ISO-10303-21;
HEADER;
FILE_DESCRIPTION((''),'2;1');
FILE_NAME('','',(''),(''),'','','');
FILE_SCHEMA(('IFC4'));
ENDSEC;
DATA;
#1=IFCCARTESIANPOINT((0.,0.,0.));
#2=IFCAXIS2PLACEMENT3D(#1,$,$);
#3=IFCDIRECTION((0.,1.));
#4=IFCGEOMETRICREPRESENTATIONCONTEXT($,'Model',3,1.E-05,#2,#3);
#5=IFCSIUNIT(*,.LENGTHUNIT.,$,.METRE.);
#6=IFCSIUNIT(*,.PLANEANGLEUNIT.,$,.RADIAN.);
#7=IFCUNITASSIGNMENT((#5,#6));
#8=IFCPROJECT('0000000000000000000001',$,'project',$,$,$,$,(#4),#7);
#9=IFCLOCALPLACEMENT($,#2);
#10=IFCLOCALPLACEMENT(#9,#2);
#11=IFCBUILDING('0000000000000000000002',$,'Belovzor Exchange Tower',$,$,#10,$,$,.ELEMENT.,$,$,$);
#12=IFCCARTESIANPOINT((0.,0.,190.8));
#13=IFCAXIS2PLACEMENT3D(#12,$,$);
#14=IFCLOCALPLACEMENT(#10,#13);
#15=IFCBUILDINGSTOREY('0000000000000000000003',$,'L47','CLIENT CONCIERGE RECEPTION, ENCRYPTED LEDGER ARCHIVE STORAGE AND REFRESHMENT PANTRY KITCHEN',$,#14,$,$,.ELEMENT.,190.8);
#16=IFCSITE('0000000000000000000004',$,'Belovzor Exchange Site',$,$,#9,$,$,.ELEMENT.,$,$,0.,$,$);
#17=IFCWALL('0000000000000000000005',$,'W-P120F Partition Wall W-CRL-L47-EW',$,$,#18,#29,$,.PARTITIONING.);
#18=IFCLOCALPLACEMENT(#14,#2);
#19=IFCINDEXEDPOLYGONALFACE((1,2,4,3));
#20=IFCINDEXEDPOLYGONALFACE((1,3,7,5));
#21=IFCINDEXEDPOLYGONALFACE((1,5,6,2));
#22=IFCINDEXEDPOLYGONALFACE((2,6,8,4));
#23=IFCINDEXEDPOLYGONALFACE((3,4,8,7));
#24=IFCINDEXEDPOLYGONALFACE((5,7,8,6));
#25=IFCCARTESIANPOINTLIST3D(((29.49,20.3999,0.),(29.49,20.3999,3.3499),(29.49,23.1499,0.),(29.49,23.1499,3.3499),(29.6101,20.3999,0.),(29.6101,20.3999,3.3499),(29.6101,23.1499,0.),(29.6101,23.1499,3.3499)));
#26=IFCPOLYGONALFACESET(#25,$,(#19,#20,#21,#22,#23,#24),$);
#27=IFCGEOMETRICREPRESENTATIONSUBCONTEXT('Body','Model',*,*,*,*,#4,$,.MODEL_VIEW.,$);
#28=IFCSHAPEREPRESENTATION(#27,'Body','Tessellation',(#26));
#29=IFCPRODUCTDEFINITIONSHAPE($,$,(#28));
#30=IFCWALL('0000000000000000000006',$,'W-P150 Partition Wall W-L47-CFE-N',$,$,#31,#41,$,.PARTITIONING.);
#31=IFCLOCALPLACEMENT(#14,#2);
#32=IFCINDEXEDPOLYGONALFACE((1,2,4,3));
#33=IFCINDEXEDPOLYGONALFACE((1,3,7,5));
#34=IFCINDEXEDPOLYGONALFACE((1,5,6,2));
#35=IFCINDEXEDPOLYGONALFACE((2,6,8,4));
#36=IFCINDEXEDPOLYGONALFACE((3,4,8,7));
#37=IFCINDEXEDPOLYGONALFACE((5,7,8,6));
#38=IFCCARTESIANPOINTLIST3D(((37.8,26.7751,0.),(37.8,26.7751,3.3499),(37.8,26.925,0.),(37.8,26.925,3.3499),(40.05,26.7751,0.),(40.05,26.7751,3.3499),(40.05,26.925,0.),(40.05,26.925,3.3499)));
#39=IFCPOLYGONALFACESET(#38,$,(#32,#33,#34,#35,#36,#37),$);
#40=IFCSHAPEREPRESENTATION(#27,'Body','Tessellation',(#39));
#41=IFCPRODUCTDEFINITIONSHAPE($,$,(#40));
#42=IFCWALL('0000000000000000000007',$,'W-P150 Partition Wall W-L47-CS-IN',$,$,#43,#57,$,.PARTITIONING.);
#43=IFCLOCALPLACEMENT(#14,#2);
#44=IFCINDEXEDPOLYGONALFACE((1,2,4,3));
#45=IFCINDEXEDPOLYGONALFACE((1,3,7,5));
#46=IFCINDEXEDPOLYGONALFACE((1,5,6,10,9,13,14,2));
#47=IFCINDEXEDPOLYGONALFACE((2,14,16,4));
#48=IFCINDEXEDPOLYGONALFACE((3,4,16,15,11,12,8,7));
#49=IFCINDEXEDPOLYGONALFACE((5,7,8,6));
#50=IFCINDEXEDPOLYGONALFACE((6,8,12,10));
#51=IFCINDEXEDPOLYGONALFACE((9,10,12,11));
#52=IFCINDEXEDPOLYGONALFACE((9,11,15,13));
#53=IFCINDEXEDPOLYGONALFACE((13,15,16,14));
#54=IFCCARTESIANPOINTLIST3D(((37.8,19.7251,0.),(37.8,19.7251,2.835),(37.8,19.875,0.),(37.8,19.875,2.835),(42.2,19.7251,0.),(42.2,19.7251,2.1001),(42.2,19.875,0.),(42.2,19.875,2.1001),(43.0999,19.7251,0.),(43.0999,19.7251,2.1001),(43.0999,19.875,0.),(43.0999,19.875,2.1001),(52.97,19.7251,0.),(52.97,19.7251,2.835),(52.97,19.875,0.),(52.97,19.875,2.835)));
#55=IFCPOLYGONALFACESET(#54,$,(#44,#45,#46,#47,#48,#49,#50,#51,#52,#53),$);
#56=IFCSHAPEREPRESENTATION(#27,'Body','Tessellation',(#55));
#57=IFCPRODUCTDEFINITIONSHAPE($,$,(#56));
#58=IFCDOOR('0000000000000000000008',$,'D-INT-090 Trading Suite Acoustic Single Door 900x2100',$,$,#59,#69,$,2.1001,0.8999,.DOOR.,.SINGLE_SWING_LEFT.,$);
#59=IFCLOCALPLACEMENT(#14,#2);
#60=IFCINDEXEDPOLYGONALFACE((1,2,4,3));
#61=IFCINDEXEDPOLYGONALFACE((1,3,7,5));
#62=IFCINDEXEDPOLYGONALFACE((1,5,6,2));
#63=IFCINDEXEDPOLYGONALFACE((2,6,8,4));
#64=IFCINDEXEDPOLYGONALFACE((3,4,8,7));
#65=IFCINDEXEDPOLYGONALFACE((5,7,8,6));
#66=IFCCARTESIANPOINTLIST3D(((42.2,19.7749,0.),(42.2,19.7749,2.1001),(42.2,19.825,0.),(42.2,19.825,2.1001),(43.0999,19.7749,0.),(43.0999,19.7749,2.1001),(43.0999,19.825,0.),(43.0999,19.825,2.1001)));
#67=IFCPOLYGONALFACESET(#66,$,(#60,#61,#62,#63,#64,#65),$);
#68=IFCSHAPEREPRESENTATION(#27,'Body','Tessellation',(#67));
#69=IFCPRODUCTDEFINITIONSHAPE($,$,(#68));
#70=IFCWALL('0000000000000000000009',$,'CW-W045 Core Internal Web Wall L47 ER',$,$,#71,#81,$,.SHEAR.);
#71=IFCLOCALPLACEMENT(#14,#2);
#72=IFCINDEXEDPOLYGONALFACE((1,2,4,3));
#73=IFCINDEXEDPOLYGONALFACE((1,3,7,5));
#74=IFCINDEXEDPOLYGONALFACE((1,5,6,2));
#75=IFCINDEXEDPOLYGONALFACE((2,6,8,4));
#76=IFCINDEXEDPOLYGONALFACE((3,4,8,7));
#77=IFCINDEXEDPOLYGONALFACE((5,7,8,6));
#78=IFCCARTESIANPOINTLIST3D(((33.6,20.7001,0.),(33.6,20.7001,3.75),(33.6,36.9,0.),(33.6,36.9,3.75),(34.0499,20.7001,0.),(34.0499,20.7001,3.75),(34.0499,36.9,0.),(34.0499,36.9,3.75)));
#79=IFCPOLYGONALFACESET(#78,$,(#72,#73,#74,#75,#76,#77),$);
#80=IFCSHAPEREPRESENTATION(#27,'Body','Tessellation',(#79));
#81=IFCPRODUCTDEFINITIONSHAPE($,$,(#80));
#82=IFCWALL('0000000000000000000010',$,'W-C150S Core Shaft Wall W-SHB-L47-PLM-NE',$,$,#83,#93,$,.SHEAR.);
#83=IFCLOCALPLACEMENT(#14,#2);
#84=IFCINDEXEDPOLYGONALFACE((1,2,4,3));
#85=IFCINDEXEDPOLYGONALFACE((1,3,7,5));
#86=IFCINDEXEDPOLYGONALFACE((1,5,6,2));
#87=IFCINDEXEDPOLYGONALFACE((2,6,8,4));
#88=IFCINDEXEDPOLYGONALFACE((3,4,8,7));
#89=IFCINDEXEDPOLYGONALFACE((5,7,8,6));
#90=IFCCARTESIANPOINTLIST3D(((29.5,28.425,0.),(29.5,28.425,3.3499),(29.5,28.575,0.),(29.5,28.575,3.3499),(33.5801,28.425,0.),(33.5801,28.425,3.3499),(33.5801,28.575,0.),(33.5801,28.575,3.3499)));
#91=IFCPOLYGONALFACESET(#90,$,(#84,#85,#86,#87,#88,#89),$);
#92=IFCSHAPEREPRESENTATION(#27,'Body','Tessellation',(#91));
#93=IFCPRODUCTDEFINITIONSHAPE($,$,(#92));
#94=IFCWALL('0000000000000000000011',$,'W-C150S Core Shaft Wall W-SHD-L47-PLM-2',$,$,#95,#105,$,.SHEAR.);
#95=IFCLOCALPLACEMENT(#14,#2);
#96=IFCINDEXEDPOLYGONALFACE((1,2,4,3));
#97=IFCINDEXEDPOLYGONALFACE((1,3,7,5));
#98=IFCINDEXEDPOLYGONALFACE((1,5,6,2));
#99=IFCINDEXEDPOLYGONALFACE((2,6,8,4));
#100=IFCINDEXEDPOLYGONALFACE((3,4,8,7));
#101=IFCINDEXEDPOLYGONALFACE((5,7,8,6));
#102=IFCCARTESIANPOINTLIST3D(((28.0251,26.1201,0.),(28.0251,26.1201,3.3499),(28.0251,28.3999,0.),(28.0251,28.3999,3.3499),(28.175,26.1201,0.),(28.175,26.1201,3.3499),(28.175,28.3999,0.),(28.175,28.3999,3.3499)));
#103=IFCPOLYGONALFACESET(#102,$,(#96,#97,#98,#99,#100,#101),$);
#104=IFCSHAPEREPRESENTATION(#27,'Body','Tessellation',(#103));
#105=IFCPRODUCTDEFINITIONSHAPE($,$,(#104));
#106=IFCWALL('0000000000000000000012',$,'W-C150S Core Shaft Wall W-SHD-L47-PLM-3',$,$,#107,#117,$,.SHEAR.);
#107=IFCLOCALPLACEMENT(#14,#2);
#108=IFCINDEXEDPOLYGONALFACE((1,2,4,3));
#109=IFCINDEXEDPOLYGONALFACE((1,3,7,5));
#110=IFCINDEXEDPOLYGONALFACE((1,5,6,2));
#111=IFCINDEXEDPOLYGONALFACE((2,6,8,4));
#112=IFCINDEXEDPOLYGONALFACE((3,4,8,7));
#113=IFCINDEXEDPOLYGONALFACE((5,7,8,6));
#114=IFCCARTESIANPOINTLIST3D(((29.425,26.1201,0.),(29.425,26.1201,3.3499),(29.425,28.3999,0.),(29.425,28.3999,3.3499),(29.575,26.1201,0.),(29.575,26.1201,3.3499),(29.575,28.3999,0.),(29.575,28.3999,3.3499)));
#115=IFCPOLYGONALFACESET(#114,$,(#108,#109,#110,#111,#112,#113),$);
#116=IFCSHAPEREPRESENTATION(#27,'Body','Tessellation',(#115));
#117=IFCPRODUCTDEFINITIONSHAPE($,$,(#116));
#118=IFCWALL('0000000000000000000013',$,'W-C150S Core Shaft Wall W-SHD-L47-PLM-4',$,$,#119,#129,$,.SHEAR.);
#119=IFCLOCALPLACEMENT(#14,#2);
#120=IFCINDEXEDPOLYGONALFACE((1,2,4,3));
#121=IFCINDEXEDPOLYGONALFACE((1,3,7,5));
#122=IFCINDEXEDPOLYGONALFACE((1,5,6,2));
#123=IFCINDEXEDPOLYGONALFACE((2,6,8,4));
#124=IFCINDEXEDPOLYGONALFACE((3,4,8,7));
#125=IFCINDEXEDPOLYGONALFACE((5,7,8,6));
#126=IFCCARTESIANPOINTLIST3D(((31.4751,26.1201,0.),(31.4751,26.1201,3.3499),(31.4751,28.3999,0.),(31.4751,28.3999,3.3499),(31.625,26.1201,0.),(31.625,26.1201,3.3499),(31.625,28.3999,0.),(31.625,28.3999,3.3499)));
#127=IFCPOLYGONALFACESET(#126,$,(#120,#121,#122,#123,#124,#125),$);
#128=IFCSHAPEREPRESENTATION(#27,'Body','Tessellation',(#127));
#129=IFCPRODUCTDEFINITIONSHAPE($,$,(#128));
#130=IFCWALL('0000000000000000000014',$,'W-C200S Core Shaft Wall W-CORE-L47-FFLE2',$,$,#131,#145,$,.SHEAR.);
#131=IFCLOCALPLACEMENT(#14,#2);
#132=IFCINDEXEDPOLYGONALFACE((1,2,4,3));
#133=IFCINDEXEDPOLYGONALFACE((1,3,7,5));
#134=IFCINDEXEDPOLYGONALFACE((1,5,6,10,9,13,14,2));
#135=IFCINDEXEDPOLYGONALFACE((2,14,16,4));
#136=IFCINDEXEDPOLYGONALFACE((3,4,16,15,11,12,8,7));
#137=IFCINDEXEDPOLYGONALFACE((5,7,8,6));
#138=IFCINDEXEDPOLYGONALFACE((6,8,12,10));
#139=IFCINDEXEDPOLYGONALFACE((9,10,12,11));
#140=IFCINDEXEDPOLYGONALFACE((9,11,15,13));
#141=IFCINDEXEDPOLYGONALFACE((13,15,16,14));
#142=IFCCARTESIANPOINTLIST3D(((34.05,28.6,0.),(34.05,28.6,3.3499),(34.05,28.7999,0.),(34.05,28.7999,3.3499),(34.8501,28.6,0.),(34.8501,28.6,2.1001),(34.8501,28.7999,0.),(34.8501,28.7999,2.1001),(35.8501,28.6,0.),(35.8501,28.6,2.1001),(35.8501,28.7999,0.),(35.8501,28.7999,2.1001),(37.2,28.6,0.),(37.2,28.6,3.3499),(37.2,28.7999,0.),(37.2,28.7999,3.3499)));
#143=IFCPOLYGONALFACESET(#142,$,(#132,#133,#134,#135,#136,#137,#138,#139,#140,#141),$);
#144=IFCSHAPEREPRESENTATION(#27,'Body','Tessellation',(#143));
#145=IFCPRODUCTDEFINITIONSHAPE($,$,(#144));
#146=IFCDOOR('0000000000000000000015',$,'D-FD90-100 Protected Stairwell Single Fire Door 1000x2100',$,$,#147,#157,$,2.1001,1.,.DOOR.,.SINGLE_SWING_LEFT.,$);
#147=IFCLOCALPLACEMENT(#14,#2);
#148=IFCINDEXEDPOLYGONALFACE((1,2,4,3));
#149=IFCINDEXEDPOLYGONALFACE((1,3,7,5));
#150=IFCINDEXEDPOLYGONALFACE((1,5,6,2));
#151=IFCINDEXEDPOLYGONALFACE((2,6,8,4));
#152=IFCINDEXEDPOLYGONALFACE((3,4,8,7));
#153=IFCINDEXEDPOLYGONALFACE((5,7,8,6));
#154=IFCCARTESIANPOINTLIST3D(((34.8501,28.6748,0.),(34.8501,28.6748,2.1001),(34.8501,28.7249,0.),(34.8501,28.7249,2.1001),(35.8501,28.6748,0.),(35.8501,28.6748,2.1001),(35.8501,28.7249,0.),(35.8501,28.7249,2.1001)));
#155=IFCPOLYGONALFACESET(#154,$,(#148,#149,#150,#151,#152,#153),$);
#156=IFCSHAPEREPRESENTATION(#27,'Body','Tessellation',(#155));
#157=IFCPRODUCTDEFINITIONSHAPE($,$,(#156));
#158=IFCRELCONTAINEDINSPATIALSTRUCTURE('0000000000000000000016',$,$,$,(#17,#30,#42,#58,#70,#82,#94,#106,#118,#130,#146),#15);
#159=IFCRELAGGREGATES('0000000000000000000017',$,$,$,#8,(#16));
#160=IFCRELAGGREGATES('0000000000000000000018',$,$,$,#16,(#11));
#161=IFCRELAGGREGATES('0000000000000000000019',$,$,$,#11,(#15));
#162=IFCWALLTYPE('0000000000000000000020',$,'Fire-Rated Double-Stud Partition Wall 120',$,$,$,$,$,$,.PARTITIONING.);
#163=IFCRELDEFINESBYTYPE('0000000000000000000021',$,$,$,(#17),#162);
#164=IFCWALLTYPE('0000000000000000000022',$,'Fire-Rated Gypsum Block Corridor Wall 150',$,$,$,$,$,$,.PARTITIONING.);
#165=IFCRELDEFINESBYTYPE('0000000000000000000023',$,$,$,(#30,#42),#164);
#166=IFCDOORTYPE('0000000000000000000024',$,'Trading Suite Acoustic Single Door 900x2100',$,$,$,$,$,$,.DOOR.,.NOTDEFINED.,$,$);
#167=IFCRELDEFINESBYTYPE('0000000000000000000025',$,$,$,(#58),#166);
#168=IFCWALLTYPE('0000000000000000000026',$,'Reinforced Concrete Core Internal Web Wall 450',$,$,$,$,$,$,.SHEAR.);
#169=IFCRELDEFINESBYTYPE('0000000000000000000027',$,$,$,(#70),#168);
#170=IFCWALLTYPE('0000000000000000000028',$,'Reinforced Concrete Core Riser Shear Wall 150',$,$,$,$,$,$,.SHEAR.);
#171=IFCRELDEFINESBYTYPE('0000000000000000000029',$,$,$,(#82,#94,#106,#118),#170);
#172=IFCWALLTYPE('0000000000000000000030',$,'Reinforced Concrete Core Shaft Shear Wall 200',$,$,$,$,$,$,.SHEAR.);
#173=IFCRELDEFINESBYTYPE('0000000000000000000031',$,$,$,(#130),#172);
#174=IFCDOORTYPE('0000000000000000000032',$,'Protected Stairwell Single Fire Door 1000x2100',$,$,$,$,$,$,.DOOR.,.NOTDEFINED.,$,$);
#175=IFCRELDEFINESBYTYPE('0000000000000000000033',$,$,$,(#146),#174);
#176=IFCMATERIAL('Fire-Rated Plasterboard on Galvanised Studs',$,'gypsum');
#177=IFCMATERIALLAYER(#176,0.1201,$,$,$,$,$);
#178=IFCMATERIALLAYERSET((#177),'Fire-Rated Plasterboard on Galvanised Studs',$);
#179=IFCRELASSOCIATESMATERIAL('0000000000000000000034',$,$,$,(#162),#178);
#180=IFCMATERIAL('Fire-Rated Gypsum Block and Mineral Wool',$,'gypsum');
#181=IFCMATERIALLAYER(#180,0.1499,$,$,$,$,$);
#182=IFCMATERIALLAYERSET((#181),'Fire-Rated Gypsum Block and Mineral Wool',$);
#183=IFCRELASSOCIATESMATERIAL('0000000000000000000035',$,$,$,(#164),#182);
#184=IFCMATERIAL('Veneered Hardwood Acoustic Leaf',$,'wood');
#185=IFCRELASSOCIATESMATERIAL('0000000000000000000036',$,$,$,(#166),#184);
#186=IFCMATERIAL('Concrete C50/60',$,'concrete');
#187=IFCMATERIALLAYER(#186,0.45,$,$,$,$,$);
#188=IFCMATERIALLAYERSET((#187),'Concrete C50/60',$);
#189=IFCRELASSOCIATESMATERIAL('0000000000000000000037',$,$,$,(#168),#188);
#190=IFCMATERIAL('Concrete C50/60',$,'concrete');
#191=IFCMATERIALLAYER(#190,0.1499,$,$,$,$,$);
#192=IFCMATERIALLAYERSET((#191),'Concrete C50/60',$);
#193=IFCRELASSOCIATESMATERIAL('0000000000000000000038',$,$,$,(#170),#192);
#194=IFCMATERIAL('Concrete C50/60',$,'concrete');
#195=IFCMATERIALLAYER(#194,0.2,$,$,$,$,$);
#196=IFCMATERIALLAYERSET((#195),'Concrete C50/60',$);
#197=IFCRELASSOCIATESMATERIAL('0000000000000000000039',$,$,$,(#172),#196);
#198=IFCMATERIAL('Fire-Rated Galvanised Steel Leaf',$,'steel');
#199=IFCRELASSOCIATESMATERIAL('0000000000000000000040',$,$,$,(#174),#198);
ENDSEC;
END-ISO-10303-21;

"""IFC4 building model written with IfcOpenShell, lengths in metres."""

from ifc_helpers import new_model, si_unit, direction, frame, frame_2d, origin, place, context, subcontext, project, spatial, rectangle, extrude, material, layer, layer_set, type_object, element, fill, save


model = new_model("IFC4")

# Units and contexts
model_context = context("Model", 3, precision=1e-05, world=origin(), true_north=direction((0.0, 1.0)))
body_context = subcontext(model_context, "Body", "Model", "MODEL_VIEW")
ifc_project = project(units=[si_unit("LENGTHUNIT", "METRE"), si_unit("PLANEANGLEUNIT", "RADIAN")], contexts=[model_context])

# Site, building, storey
site_placement = place(None, origin())
site = spatial("IfcSite", under=ifc_project, at=site_placement, Name="Belovzor Exchange Site", CompositionType="ELEMENT", RefElevation=0.0)
building_placement = place(site_placement, origin())
building = spatial("IfcBuilding", under=site, at=building_placement, Name="Belovzor Exchange Tower", CompositionType="ELEMENT")
storey_placement = place(building_placement, frame((0.0, 0.0, 190.8)))
storey = spatial("IfcBuildingStorey", under=building, at=storey_placement, Name="L47", Description="CLIENT CONCIERGE RECEPTION, ENCRYPTED LEDGER ARCHIVE STORAGE AND REFRESHMENT PANTRY KITCHEN", CompositionType="ELEMENT", Elevation=190.8)

# Shared definitions
ifc_material_1 = material(Name="Fire-Rated Plasterboard on Galvanised Studs", Category="gypsum")
ifc_layer_1 = layer(ifc_material_1, 0.1201)
ifc_layer_set_1 = layer_set([ifc_layer_1], Name="Fire-Rated Plasterboard on Galvanised Studs")
wall_type_1 = type_object("IfcWallType", Name="Fire-Rated Double-Stud Partition Wall 120", PredefinedType="PARTITIONING", material=ifc_layer_set_1)

# Walls
wall_1_placement = place(storey_placement, frame((29.55, 20.3999, 0.0), z_axis=(0.0, 0.0, 1.0), x_axis=(0.0, 1.0, 0.0)))
element("IfcWall", 1, at=wall_1_placement, inside=storey, type_object=wall_type_1, Name="W-P120F Partition Wall W-CRL-L47-EW", PredefinedType="PARTITIONING", context=body_context, shape_type="SweptSolid", body=[
    extrude(rectangle(XDim=2.75, YDim=0.1201, at=frame_2d((1.375, 0.0))), origin(), (0.0, 0.0, 1.0), 3.3499),
])
ifc_material_2 = material(Name="Fire-Rated Gypsum Block and Mineral Wool", Category="gypsum")
ifc_layer_2 = layer(ifc_material_2, 0.1499)
ifc_layer_set_2 = layer_set([ifc_layer_2], Name="Fire-Rated Gypsum Block and Mineral Wool")
wall_type_2 = type_object("IfcWallType", Name="Fire-Rated Gypsum Block Corridor Wall 150", PredefinedType="PARTITIONING", material=ifc_layer_set_2)
wall_2_placement = place(storey_placement, frame((37.8, 26.8501, 0.0), z_axis=(0.0, 0.0, 1.0), x_axis=(1.0, 0.0, 0.0)))
element("IfcWall", 2, at=wall_2_placement, inside=storey, type_object=wall_type_2, Name="W-P150 Partition Wall W-L47-CFE-N", PredefinedType="PARTITIONING", context=body_context, shape_type="SweptSolid", body=[
    extrude(rectangle(XDim=2.25, YDim=0.1499, at=frame_2d((1.125, 0.0))), origin(), (0.0, 0.0, 1.0), 3.3499),
])

# Wall, opening, door
wall_3_placement = place(storey_placement, frame((37.8, 19.8, 0.0), z_axis=(0.0, 0.0, 1.0), x_axis=(1.0, 0.0, 0.0)))
wall_3 = element("IfcWall", 3, at=wall_3_placement, inside=storey, type_object=wall_type_2, Name="W-P150 Partition Wall W-L47-CS-IN", PredefinedType="PARTITIONING", context=body_context, shape_type="SweptSolid", body=[
    extrude(rectangle(XDim=15.1699, YDim=0.1499, at=frame_2d((7.585, 0.0))), origin(), (0.0, 0.0, 1.0), 2.835),
])
opening_1_placement = place(wall_3_placement, frame((4.3999, 0.0, 0.0)))
opening_1 = element("IfcOpeningElement", 4, at=opening_1_placement, cuts=wall_3, PredefinedType="OPENING", context=body_context, shape_type="SweptSolid", body=[
    extrude(rectangle(XDim=0.8999, YDim=2.1001, at=frame_2d((0.45, 1.05))), frame((0.0, 0.085, 0.0), z_axis=(0.0, -1.0, 0.0), x_axis=(1.0, 0.0, 0.0)), (0.0, 0.0, 1.0), 0.1699),
])
ifc_material_3 = material(Name="Veneered Hardwood Acoustic Leaf", Category="wood")
door_type_1 = type_object("IfcDoorType", Name="Trading Suite Acoustic Single Door 900x2100", OperationType="NOTDEFINED", PredefinedType="DOOR", material=ifc_material_3)
door_1_placement = place(opening_1_placement, origin())
door_1 = element("IfcDoor", 5, at=door_1_placement, inside=storey, type_object=door_type_1, Name="D-INT-090 Trading Suite Acoustic Single Door 900x2100", OperationType="SINGLE_SWING_LEFT", OverallHeight=2.1001, OverallWidth=0.8999, PredefinedType="DOOR", context=body_context, shape_type="SweptSolid", body=[
    extrude(rectangle(XDim=0.8999, YDim=2.1001, at=frame_2d((0.45, 1.05))), frame((0.0, 0.0249, 0.0), z_axis=(0.0, -1.0, 0.0), x_axis=(1.0, 0.0, 0.0)), (0.0, 0.0, 1.0), 0.05),
])
fill(opening_1, door_1)

# Walls
ifc_material_4 = material(Name="Concrete C50/60", Category="concrete")
ifc_layer_3 = layer(ifc_material_4, 0.45)
ifc_layer_set_3 = layer_set([ifc_layer_3], Name="Concrete C50/60")
wall_type_3 = type_object("IfcWallType", Name="Reinforced Concrete Core Internal Web Wall 450", PredefinedType="SHEAR", material=ifc_layer_set_3)
wall_4_placement = place(storey_placement, frame((33.825, 20.7, 0.0), z_axis=(0.0, 0.0, 1.0), x_axis=(0.0, 1.0, 0.0)))
element("IfcWall", 6, at=wall_4_placement, inside=storey, type_object=wall_type_3, Name="CW-W045 Core Internal Web Wall L47 ER", PredefinedType="SHEAR", context=body_context, shape_type="SweptSolid", body=[
    extrude(rectangle(XDim=16.2, YDim=0.45, at=frame_2d((8.1001, 0.0))), origin(), (0.0, 0.0, 1.0), 3.75),
])
ifc_material_5 = material(Name="Concrete C50/60", Category="concrete")
ifc_layer_4 = layer(ifc_material_5, 0.1499)
ifc_layer_set_4 = layer_set([ifc_layer_4], Name="Concrete C50/60")
wall_type_4 = type_object("IfcWallType", Name="Reinforced Concrete Core Riser Shear Wall 150", PredefinedType="SHEAR", material=ifc_layer_set_4)
wall_5_placement = place(storey_placement, frame((29.5, 28.5, 0.0), z_axis=(0.0, 0.0, 1.0), x_axis=(1.0, 0.0, 0.0)))
element("IfcWall", 7, at=wall_5_placement, inside=storey, type_object=wall_type_4, Name="W-C150S Core Shaft Wall W-SHB-L47-PLM-NE", PredefinedType="SHEAR", context=body_context, shape_type="SweptSolid", body=[
    extrude(rectangle(XDim=4.0801, YDim=0.1499, at=frame_2d((2.04, 0.0))), origin(), (0.0, 0.0, 1.0), 3.3499),
])
for number, where, z_axis, x_axis, name in (
    (8, (28.1001, 26.1201, 0.0), (0.0, 0.0, 1.0), (0.0, 1.0, 0.0), "W-C150S Core Shaft Wall W-SHD-L47-PLM-2"),
    (9, (29.5, 26.1201, 0.0), (0.0, 0.0, 1.0), (0.0, 1.0, 0.0), "W-C150S Core Shaft Wall W-SHD-L47-PLM-3"),
    (10, (31.55, 26.1201, 0.0), (0.0, 0.0, 1.0), (0.0, 1.0, 0.0), "W-C150S Core Shaft Wall W-SHD-L47-PLM-4"),
):
    element("IfcWall", number, at=place(storey_placement, frame(where, z_axis=z_axis, x_axis=x_axis)), inside=storey, type_object=wall_type_4, Name=name, PredefinedType="SHEAR", context=body_context, shape_type="SweptSolid", body=[
        extrude(rectangle(XDim=2.2798, YDim=0.1499, at=frame_2d((1.1399, 0.0))), origin(), (0.0, 0.0, 1.0), 3.3499),
    ])

# Wall, opening, door
ifc_material_6 = material(Name="Concrete C50/60", Category="concrete")
ifc_layer_5 = layer(ifc_material_6, 0.2)
ifc_layer_set_5 = layer_set([ifc_layer_5], Name="Concrete C50/60")
wall_type_5 = type_object("IfcWallType", Name="Reinforced Concrete Core Shaft Shear Wall 200", PredefinedType="SHEAR", material=ifc_layer_set_5)
wall_6_placement = place(storey_placement, frame((34.05, 28.7, 0.0), z_axis=(0.0, 0.0, 1.0), x_axis=(1.0, 0.0, 0.0)))
wall_6 = element("IfcWall", 11, at=wall_6_placement, inside=storey, type_object=wall_type_5, Name="W-C200S Core Shaft Wall W-CORE-L47-FFLE2", PredefinedType="SHEAR", context=body_context, shape_type="SweptSolid", body=[
    extrude(rectangle(XDim=3.1499, YDim=0.2, at=frame_2d((1.575, 0.0))), origin(), (0.0, 0.0, 1.0), 3.3499),
])
opening_2_placement = place(wall_6_placement, frame((0.8, 0.0, 0.0)))
opening_2 = element("IfcOpeningElement", 12, at=opening_2_placement, cuts=wall_6, PredefinedType="OPENING", context=body_context, shape_type="SweptSolid", body=[
    extrude(rectangle(XDim=1.0, YDim=2.1001, at=frame_2d((0.5, 1.05))), frame((0.0, 0.1099, 0.0), z_axis=(0.0, -1.0, 0.0), x_axis=(1.0, 0.0, 0.0)), (0.0, 0.0, 1.0), 0.22),
])
ifc_material_7 = material(Name="Fire-Rated Galvanised Steel Leaf", Category="steel")
door_type_2 = type_object("IfcDoorType", Name="Protected Stairwell Single Fire Door 1000x2100", OperationType="NOTDEFINED", PredefinedType="DOOR", material=ifc_material_7)
door_2_placement = place(opening_2_placement, origin())
door_2 = element("IfcDoor", 13, at=door_2_placement, inside=storey, type_object=door_type_2, Name="D-FD90-100 Protected Stairwell Single Fire Door 1000x2100", OperationType="SINGLE_SWING_LEFT", OverallHeight=2.1001, OverallWidth=1.0, PredefinedType="DOOR", context=body_context, shape_type="SweptSolid", body=[
    extrude(rectangle(XDim=1.0, YDim=2.1001, at=frame_2d((0.5, 1.05))), frame((0.0, 0.0249, 0.0), z_axis=(0.0, -1.0, 0.0), x_axis=(1.0, 0.0, 0.0)), (0.0, 0.0, 1.0), 0.05),
])
fill(opening_2, door_2)

save(model, "model.ifc")
